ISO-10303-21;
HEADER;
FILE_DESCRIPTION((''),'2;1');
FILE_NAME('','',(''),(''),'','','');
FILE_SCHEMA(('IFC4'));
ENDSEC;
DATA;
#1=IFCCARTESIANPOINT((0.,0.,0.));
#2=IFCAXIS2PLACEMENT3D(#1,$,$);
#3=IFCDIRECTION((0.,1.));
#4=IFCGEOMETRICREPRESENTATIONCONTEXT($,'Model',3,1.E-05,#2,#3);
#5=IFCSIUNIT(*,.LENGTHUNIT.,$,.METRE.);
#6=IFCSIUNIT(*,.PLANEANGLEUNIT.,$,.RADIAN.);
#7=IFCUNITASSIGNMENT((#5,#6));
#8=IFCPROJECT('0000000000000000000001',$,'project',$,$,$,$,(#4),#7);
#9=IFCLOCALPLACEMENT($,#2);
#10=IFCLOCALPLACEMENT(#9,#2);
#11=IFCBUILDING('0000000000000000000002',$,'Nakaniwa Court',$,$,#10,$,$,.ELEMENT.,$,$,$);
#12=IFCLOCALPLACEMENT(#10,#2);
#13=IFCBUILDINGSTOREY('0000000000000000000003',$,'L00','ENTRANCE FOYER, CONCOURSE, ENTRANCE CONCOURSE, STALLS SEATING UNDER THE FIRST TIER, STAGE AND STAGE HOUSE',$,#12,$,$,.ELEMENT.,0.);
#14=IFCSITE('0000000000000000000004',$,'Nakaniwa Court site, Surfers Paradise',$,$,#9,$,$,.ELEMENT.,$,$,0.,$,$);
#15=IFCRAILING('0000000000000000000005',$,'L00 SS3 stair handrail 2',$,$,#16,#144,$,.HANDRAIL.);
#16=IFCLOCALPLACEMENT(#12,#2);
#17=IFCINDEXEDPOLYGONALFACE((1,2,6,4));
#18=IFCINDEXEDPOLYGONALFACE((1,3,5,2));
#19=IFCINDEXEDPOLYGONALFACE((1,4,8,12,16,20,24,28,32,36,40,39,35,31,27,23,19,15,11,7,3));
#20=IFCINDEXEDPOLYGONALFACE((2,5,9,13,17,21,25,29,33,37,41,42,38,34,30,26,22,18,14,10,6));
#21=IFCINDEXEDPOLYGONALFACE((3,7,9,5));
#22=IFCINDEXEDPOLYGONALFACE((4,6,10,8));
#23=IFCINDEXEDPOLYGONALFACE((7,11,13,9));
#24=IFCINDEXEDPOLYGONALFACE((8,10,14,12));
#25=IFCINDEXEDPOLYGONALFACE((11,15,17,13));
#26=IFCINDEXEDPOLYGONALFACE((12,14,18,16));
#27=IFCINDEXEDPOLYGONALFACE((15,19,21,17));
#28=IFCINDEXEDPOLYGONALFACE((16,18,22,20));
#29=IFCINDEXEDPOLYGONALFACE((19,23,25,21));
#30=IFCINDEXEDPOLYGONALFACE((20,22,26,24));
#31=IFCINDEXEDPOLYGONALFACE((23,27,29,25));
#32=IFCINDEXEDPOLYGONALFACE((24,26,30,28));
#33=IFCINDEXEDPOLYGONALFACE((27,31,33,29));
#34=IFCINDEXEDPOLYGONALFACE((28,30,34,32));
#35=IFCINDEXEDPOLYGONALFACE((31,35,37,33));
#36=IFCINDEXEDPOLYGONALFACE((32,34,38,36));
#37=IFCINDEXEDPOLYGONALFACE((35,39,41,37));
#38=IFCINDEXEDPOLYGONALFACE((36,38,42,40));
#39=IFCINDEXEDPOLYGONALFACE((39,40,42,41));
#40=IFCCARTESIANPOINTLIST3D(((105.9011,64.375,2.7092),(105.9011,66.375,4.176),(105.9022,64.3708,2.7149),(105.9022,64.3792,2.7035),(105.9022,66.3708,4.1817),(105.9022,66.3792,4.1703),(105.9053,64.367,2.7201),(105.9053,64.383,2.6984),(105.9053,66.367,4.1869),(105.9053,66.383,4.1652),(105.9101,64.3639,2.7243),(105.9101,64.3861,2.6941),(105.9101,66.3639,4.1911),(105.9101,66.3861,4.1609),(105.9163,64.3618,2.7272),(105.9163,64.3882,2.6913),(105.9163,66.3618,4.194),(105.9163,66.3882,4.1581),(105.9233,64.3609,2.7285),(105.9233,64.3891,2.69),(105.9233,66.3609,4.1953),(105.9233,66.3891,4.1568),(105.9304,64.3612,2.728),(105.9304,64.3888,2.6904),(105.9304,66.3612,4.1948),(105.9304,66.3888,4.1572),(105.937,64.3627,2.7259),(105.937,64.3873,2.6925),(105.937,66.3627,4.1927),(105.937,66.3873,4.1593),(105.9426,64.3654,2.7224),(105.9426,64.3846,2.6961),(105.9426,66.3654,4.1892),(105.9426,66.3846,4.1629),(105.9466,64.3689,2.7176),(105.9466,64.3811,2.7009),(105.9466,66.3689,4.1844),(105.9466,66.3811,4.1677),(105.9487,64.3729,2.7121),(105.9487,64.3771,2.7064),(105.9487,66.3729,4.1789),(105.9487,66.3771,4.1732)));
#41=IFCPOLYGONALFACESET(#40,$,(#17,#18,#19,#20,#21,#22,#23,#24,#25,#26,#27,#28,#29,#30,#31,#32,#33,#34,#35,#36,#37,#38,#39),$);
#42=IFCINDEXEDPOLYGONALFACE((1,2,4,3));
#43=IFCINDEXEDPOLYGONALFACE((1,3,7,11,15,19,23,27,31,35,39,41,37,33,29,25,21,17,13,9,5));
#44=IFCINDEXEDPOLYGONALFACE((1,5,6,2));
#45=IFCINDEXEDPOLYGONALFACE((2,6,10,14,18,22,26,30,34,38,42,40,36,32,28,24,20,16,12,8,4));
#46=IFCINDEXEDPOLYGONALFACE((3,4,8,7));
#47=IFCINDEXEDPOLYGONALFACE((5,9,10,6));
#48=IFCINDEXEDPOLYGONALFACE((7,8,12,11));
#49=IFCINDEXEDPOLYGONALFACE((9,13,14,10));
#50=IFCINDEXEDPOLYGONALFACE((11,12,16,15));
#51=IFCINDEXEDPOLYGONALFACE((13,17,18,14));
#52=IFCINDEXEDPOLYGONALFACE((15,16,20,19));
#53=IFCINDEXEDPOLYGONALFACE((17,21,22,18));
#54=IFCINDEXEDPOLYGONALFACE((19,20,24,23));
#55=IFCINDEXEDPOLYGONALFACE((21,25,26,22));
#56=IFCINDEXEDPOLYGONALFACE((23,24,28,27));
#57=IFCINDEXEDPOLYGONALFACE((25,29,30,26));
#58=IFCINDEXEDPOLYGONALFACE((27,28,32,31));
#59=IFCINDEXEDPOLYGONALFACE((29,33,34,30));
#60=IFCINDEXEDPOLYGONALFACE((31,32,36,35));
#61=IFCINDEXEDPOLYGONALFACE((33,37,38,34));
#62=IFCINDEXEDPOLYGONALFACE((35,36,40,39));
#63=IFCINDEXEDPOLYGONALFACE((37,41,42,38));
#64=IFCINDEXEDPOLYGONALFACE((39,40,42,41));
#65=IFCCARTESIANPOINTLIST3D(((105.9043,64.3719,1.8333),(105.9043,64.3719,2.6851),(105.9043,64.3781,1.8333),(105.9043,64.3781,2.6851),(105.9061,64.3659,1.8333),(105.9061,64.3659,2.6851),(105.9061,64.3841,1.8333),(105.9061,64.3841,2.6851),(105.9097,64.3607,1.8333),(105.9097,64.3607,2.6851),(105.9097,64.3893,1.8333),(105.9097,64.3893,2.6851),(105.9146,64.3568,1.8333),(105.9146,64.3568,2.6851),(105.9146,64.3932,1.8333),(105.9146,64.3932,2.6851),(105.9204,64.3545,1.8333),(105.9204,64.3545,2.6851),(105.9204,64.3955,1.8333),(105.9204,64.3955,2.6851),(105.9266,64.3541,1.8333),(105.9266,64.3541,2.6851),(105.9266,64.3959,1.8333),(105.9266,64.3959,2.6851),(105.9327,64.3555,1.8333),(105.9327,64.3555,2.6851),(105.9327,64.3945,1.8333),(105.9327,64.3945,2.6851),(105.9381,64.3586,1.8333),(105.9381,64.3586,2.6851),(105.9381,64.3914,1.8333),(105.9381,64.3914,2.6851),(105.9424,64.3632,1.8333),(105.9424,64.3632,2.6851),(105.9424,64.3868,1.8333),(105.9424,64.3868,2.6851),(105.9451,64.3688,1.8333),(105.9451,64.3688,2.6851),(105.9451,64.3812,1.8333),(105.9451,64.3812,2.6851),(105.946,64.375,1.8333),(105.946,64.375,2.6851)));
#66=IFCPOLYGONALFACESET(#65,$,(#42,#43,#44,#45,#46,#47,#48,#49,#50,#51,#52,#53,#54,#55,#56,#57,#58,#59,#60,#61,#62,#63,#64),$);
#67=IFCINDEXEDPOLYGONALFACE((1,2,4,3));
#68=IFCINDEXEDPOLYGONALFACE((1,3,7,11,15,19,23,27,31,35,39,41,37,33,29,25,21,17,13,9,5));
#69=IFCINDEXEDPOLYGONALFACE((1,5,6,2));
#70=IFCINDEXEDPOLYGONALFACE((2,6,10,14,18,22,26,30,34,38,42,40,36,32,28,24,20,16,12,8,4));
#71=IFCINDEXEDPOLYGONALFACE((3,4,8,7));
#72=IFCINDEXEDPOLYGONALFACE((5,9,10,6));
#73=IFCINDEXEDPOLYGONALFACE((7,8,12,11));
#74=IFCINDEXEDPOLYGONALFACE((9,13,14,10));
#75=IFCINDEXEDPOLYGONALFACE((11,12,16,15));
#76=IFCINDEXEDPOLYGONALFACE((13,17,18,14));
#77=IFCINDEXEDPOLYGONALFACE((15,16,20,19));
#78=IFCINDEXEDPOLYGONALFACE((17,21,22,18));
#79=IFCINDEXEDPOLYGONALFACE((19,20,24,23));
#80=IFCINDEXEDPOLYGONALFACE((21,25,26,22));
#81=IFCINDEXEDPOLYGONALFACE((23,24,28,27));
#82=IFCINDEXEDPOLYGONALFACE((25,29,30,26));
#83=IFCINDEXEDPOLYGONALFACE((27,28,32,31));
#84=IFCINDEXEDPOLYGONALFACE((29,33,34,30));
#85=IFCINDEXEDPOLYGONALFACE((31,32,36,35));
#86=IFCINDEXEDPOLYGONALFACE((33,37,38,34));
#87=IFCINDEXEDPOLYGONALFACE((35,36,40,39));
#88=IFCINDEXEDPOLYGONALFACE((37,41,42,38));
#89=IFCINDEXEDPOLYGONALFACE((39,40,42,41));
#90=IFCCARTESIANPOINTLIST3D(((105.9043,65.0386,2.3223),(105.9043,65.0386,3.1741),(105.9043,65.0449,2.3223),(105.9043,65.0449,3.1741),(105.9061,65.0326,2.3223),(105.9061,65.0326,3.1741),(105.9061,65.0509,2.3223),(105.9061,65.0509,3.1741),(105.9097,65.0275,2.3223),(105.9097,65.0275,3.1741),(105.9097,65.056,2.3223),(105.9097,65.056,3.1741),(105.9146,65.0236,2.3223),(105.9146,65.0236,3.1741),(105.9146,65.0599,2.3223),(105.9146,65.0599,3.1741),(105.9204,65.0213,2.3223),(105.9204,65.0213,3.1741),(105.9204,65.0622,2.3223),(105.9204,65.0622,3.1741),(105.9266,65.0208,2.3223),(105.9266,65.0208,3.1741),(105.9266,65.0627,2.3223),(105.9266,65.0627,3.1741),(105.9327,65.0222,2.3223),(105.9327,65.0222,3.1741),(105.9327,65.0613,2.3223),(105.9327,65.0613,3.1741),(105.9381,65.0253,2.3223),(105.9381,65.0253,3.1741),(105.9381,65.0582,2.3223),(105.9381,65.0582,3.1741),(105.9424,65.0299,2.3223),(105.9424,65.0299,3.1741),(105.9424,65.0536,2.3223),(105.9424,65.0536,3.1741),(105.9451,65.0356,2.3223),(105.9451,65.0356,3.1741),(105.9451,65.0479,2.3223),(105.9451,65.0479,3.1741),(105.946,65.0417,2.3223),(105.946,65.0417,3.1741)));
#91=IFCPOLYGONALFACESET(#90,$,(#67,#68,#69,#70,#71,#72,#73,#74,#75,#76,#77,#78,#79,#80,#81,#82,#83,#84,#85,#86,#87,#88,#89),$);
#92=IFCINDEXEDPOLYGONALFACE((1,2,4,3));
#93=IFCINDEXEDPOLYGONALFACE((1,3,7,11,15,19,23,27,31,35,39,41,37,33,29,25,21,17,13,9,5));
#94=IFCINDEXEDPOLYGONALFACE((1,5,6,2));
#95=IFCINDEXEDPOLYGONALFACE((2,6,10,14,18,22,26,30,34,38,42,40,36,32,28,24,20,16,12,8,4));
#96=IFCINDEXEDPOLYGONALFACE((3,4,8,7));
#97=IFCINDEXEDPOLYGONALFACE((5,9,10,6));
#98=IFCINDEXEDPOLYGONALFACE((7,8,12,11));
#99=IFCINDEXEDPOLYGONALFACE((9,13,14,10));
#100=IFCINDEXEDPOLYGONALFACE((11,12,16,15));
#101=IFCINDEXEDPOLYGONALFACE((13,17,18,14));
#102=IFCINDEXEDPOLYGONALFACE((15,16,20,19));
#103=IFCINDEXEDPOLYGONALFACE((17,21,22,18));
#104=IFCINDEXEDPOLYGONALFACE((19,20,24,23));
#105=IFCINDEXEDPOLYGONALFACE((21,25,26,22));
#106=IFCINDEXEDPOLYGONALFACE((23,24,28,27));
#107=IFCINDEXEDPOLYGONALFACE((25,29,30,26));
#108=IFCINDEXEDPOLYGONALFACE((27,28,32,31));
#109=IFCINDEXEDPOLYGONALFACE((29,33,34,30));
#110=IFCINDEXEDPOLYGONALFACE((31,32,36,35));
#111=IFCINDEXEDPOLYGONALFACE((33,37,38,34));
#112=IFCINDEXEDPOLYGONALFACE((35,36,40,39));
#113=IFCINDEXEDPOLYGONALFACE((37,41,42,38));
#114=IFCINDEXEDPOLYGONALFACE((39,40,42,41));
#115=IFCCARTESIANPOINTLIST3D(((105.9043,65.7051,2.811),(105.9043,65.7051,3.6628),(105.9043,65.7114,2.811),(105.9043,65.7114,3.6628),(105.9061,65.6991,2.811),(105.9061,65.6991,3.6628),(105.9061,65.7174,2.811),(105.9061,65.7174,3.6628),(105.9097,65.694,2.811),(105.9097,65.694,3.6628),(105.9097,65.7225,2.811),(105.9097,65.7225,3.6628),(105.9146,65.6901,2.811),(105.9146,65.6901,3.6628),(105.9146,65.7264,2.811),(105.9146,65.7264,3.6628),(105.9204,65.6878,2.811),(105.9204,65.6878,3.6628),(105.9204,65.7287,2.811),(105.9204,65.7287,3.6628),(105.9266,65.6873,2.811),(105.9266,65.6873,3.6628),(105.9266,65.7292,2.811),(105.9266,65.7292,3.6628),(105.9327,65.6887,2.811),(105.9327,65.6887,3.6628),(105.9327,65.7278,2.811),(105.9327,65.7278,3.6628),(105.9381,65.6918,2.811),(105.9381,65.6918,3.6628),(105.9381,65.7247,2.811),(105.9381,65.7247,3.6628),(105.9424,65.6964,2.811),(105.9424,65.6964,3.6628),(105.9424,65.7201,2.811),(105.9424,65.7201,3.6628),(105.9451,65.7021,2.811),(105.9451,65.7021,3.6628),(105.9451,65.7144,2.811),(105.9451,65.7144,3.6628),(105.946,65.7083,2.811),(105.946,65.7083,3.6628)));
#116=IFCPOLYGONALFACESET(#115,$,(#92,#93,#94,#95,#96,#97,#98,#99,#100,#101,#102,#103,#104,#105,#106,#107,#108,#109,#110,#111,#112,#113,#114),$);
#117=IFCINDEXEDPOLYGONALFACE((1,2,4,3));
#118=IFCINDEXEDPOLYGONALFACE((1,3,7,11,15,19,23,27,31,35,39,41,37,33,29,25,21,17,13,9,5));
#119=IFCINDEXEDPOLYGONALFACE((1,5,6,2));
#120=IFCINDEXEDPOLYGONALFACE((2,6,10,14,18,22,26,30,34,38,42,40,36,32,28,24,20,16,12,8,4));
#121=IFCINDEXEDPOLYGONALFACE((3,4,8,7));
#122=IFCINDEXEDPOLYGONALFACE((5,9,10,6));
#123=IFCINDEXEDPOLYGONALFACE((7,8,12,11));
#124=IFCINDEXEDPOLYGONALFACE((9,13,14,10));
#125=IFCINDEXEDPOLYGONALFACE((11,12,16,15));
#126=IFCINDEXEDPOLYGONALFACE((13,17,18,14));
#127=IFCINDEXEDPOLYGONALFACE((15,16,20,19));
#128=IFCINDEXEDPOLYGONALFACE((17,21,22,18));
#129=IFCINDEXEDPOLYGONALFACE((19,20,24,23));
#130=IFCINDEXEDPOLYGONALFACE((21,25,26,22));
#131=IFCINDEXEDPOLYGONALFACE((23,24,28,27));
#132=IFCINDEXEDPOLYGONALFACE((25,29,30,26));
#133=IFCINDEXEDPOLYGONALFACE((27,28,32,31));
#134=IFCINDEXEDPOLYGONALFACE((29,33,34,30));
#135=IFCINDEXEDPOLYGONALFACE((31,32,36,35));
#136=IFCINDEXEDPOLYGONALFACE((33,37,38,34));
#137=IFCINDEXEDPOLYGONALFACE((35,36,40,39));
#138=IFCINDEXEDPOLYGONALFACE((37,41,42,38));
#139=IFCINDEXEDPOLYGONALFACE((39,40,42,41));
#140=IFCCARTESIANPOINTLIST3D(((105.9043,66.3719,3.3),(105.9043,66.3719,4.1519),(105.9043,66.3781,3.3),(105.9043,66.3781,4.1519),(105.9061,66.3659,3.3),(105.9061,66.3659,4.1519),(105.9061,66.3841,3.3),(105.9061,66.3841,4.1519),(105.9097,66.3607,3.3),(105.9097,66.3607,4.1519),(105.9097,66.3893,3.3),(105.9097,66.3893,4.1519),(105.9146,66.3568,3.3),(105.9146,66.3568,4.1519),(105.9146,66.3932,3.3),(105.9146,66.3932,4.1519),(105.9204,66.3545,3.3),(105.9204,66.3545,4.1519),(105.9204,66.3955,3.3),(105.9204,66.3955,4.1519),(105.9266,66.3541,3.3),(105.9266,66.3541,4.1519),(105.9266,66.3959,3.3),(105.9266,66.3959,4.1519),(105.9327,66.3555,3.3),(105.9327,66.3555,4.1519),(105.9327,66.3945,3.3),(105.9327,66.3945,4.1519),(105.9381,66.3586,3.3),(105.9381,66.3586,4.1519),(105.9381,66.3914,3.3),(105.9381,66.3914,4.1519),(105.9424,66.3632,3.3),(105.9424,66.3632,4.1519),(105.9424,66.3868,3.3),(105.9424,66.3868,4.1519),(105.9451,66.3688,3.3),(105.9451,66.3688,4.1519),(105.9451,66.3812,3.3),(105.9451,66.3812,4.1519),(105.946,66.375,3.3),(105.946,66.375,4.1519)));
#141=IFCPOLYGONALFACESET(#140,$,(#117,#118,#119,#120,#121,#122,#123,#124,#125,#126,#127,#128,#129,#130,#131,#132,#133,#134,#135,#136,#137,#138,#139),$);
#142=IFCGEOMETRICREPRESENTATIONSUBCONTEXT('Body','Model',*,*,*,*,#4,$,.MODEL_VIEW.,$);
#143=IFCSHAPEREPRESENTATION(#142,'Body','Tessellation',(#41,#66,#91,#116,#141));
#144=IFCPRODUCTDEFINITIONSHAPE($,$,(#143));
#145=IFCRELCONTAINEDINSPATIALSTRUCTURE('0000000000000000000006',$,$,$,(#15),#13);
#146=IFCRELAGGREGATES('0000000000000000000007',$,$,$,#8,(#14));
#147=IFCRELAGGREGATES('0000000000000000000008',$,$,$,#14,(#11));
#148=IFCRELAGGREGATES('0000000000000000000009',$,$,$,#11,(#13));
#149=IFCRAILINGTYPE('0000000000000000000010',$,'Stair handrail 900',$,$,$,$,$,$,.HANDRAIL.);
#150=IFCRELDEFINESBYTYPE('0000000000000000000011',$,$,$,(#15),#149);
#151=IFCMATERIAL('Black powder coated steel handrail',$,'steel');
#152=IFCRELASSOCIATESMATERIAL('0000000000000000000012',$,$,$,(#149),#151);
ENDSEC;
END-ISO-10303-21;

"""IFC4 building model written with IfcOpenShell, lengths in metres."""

from ifc_helpers import new_model, si_unit, direction, frame, origin, origin_2d, place, context, subcontext, project, spatial, circle, extrude, material, type_object, element, save


model = new_model("IFC4")

# Units and contexts
model_context = context("Model", 3, precision=1e-05, world=origin(), true_north=direction((0.0, 1.0)))
body_context = subcontext(model_context, "Body", "Model", "MODEL_VIEW")
ifc_project = project(units=[si_unit("LENGTHUNIT", "METRE"), si_unit("PLANEANGLEUNIT", "RADIAN")], contexts=[model_context])

# Site, building, storey
site_placement = place(None, origin())
site = spatial("IfcSite", under=ifc_project, at=site_placement, Name="Nakaniwa Court site, Surfers Paradise", CompositionType="ELEMENT", RefElevation=0.0)
building_placement = place(site_placement, origin())
building = spatial("IfcBuilding", under=site, at=building_placement, Name="Nakaniwa Court", CompositionType="ELEMENT")
storey_placement = place(building_placement, origin())
storey = spatial("IfcBuildingStorey", under=building, at=storey_placement, Name="L00", Description="ENTRANCE FOYER, CONCOURSE, ENTRANCE CONCOURSE, STALLS SEATING UNDER THE FIRST TIER, STAGE AND STAGE HOUSE", CompositionType="ELEMENT", Elevation=0.0)

# Railing
ifc_material_1 = material(Name="Black powder coated steel handrail", Category="steel")
railing_type_1 = type_object("IfcRailingType", Name="Stair handrail 900", PredefinedType="HANDRAIL", material=ifc_material_1)
for number, where, name in (
    (1, (105.925, 64.375, 1.8333), "L00 SS3 stair handrail 2"),
):
    element("IfcRailing", number, at=place(storey_placement, frame(where)), inside=storey, type_object=railing_type_1, Name=name, PredefinedType="HANDRAIL", context=body_context, shape_type="SweptSolid", body=[
        extrude(circle(Radius=0.0239, at=origin_2d()), frame((0.0, 0.0, 0.876), z_axis=(0.0, 0.80638, 0.591398), x_axis=(-1.0, 0.0, 0.0)), (0.0, 0.0, 1.0), 2.4802),
        extrude(circle(Radius=0.021, at=origin_2d()), origin(), (0.0, 0.0, 1.0), 0.8518),
        extrude(circle(Radius=0.021, at=origin_2d()), frame((0.0, 0.6667, 0.489)), (0.0, 0.0, 1.0), 0.8518),
        extrude(circle(Radius=0.021, at=origin_2d()), frame((0.0, 1.3333, 0.9778)), (0.0, 0.0, 1.0), 0.8518),
        extrude(circle(Radius=0.021, at=origin_2d()), frame((0.0, 2.0, 1.4668)), (0.0, 0.0, 1.0), 0.8518),
    ])

save(model, "model.ifc")
